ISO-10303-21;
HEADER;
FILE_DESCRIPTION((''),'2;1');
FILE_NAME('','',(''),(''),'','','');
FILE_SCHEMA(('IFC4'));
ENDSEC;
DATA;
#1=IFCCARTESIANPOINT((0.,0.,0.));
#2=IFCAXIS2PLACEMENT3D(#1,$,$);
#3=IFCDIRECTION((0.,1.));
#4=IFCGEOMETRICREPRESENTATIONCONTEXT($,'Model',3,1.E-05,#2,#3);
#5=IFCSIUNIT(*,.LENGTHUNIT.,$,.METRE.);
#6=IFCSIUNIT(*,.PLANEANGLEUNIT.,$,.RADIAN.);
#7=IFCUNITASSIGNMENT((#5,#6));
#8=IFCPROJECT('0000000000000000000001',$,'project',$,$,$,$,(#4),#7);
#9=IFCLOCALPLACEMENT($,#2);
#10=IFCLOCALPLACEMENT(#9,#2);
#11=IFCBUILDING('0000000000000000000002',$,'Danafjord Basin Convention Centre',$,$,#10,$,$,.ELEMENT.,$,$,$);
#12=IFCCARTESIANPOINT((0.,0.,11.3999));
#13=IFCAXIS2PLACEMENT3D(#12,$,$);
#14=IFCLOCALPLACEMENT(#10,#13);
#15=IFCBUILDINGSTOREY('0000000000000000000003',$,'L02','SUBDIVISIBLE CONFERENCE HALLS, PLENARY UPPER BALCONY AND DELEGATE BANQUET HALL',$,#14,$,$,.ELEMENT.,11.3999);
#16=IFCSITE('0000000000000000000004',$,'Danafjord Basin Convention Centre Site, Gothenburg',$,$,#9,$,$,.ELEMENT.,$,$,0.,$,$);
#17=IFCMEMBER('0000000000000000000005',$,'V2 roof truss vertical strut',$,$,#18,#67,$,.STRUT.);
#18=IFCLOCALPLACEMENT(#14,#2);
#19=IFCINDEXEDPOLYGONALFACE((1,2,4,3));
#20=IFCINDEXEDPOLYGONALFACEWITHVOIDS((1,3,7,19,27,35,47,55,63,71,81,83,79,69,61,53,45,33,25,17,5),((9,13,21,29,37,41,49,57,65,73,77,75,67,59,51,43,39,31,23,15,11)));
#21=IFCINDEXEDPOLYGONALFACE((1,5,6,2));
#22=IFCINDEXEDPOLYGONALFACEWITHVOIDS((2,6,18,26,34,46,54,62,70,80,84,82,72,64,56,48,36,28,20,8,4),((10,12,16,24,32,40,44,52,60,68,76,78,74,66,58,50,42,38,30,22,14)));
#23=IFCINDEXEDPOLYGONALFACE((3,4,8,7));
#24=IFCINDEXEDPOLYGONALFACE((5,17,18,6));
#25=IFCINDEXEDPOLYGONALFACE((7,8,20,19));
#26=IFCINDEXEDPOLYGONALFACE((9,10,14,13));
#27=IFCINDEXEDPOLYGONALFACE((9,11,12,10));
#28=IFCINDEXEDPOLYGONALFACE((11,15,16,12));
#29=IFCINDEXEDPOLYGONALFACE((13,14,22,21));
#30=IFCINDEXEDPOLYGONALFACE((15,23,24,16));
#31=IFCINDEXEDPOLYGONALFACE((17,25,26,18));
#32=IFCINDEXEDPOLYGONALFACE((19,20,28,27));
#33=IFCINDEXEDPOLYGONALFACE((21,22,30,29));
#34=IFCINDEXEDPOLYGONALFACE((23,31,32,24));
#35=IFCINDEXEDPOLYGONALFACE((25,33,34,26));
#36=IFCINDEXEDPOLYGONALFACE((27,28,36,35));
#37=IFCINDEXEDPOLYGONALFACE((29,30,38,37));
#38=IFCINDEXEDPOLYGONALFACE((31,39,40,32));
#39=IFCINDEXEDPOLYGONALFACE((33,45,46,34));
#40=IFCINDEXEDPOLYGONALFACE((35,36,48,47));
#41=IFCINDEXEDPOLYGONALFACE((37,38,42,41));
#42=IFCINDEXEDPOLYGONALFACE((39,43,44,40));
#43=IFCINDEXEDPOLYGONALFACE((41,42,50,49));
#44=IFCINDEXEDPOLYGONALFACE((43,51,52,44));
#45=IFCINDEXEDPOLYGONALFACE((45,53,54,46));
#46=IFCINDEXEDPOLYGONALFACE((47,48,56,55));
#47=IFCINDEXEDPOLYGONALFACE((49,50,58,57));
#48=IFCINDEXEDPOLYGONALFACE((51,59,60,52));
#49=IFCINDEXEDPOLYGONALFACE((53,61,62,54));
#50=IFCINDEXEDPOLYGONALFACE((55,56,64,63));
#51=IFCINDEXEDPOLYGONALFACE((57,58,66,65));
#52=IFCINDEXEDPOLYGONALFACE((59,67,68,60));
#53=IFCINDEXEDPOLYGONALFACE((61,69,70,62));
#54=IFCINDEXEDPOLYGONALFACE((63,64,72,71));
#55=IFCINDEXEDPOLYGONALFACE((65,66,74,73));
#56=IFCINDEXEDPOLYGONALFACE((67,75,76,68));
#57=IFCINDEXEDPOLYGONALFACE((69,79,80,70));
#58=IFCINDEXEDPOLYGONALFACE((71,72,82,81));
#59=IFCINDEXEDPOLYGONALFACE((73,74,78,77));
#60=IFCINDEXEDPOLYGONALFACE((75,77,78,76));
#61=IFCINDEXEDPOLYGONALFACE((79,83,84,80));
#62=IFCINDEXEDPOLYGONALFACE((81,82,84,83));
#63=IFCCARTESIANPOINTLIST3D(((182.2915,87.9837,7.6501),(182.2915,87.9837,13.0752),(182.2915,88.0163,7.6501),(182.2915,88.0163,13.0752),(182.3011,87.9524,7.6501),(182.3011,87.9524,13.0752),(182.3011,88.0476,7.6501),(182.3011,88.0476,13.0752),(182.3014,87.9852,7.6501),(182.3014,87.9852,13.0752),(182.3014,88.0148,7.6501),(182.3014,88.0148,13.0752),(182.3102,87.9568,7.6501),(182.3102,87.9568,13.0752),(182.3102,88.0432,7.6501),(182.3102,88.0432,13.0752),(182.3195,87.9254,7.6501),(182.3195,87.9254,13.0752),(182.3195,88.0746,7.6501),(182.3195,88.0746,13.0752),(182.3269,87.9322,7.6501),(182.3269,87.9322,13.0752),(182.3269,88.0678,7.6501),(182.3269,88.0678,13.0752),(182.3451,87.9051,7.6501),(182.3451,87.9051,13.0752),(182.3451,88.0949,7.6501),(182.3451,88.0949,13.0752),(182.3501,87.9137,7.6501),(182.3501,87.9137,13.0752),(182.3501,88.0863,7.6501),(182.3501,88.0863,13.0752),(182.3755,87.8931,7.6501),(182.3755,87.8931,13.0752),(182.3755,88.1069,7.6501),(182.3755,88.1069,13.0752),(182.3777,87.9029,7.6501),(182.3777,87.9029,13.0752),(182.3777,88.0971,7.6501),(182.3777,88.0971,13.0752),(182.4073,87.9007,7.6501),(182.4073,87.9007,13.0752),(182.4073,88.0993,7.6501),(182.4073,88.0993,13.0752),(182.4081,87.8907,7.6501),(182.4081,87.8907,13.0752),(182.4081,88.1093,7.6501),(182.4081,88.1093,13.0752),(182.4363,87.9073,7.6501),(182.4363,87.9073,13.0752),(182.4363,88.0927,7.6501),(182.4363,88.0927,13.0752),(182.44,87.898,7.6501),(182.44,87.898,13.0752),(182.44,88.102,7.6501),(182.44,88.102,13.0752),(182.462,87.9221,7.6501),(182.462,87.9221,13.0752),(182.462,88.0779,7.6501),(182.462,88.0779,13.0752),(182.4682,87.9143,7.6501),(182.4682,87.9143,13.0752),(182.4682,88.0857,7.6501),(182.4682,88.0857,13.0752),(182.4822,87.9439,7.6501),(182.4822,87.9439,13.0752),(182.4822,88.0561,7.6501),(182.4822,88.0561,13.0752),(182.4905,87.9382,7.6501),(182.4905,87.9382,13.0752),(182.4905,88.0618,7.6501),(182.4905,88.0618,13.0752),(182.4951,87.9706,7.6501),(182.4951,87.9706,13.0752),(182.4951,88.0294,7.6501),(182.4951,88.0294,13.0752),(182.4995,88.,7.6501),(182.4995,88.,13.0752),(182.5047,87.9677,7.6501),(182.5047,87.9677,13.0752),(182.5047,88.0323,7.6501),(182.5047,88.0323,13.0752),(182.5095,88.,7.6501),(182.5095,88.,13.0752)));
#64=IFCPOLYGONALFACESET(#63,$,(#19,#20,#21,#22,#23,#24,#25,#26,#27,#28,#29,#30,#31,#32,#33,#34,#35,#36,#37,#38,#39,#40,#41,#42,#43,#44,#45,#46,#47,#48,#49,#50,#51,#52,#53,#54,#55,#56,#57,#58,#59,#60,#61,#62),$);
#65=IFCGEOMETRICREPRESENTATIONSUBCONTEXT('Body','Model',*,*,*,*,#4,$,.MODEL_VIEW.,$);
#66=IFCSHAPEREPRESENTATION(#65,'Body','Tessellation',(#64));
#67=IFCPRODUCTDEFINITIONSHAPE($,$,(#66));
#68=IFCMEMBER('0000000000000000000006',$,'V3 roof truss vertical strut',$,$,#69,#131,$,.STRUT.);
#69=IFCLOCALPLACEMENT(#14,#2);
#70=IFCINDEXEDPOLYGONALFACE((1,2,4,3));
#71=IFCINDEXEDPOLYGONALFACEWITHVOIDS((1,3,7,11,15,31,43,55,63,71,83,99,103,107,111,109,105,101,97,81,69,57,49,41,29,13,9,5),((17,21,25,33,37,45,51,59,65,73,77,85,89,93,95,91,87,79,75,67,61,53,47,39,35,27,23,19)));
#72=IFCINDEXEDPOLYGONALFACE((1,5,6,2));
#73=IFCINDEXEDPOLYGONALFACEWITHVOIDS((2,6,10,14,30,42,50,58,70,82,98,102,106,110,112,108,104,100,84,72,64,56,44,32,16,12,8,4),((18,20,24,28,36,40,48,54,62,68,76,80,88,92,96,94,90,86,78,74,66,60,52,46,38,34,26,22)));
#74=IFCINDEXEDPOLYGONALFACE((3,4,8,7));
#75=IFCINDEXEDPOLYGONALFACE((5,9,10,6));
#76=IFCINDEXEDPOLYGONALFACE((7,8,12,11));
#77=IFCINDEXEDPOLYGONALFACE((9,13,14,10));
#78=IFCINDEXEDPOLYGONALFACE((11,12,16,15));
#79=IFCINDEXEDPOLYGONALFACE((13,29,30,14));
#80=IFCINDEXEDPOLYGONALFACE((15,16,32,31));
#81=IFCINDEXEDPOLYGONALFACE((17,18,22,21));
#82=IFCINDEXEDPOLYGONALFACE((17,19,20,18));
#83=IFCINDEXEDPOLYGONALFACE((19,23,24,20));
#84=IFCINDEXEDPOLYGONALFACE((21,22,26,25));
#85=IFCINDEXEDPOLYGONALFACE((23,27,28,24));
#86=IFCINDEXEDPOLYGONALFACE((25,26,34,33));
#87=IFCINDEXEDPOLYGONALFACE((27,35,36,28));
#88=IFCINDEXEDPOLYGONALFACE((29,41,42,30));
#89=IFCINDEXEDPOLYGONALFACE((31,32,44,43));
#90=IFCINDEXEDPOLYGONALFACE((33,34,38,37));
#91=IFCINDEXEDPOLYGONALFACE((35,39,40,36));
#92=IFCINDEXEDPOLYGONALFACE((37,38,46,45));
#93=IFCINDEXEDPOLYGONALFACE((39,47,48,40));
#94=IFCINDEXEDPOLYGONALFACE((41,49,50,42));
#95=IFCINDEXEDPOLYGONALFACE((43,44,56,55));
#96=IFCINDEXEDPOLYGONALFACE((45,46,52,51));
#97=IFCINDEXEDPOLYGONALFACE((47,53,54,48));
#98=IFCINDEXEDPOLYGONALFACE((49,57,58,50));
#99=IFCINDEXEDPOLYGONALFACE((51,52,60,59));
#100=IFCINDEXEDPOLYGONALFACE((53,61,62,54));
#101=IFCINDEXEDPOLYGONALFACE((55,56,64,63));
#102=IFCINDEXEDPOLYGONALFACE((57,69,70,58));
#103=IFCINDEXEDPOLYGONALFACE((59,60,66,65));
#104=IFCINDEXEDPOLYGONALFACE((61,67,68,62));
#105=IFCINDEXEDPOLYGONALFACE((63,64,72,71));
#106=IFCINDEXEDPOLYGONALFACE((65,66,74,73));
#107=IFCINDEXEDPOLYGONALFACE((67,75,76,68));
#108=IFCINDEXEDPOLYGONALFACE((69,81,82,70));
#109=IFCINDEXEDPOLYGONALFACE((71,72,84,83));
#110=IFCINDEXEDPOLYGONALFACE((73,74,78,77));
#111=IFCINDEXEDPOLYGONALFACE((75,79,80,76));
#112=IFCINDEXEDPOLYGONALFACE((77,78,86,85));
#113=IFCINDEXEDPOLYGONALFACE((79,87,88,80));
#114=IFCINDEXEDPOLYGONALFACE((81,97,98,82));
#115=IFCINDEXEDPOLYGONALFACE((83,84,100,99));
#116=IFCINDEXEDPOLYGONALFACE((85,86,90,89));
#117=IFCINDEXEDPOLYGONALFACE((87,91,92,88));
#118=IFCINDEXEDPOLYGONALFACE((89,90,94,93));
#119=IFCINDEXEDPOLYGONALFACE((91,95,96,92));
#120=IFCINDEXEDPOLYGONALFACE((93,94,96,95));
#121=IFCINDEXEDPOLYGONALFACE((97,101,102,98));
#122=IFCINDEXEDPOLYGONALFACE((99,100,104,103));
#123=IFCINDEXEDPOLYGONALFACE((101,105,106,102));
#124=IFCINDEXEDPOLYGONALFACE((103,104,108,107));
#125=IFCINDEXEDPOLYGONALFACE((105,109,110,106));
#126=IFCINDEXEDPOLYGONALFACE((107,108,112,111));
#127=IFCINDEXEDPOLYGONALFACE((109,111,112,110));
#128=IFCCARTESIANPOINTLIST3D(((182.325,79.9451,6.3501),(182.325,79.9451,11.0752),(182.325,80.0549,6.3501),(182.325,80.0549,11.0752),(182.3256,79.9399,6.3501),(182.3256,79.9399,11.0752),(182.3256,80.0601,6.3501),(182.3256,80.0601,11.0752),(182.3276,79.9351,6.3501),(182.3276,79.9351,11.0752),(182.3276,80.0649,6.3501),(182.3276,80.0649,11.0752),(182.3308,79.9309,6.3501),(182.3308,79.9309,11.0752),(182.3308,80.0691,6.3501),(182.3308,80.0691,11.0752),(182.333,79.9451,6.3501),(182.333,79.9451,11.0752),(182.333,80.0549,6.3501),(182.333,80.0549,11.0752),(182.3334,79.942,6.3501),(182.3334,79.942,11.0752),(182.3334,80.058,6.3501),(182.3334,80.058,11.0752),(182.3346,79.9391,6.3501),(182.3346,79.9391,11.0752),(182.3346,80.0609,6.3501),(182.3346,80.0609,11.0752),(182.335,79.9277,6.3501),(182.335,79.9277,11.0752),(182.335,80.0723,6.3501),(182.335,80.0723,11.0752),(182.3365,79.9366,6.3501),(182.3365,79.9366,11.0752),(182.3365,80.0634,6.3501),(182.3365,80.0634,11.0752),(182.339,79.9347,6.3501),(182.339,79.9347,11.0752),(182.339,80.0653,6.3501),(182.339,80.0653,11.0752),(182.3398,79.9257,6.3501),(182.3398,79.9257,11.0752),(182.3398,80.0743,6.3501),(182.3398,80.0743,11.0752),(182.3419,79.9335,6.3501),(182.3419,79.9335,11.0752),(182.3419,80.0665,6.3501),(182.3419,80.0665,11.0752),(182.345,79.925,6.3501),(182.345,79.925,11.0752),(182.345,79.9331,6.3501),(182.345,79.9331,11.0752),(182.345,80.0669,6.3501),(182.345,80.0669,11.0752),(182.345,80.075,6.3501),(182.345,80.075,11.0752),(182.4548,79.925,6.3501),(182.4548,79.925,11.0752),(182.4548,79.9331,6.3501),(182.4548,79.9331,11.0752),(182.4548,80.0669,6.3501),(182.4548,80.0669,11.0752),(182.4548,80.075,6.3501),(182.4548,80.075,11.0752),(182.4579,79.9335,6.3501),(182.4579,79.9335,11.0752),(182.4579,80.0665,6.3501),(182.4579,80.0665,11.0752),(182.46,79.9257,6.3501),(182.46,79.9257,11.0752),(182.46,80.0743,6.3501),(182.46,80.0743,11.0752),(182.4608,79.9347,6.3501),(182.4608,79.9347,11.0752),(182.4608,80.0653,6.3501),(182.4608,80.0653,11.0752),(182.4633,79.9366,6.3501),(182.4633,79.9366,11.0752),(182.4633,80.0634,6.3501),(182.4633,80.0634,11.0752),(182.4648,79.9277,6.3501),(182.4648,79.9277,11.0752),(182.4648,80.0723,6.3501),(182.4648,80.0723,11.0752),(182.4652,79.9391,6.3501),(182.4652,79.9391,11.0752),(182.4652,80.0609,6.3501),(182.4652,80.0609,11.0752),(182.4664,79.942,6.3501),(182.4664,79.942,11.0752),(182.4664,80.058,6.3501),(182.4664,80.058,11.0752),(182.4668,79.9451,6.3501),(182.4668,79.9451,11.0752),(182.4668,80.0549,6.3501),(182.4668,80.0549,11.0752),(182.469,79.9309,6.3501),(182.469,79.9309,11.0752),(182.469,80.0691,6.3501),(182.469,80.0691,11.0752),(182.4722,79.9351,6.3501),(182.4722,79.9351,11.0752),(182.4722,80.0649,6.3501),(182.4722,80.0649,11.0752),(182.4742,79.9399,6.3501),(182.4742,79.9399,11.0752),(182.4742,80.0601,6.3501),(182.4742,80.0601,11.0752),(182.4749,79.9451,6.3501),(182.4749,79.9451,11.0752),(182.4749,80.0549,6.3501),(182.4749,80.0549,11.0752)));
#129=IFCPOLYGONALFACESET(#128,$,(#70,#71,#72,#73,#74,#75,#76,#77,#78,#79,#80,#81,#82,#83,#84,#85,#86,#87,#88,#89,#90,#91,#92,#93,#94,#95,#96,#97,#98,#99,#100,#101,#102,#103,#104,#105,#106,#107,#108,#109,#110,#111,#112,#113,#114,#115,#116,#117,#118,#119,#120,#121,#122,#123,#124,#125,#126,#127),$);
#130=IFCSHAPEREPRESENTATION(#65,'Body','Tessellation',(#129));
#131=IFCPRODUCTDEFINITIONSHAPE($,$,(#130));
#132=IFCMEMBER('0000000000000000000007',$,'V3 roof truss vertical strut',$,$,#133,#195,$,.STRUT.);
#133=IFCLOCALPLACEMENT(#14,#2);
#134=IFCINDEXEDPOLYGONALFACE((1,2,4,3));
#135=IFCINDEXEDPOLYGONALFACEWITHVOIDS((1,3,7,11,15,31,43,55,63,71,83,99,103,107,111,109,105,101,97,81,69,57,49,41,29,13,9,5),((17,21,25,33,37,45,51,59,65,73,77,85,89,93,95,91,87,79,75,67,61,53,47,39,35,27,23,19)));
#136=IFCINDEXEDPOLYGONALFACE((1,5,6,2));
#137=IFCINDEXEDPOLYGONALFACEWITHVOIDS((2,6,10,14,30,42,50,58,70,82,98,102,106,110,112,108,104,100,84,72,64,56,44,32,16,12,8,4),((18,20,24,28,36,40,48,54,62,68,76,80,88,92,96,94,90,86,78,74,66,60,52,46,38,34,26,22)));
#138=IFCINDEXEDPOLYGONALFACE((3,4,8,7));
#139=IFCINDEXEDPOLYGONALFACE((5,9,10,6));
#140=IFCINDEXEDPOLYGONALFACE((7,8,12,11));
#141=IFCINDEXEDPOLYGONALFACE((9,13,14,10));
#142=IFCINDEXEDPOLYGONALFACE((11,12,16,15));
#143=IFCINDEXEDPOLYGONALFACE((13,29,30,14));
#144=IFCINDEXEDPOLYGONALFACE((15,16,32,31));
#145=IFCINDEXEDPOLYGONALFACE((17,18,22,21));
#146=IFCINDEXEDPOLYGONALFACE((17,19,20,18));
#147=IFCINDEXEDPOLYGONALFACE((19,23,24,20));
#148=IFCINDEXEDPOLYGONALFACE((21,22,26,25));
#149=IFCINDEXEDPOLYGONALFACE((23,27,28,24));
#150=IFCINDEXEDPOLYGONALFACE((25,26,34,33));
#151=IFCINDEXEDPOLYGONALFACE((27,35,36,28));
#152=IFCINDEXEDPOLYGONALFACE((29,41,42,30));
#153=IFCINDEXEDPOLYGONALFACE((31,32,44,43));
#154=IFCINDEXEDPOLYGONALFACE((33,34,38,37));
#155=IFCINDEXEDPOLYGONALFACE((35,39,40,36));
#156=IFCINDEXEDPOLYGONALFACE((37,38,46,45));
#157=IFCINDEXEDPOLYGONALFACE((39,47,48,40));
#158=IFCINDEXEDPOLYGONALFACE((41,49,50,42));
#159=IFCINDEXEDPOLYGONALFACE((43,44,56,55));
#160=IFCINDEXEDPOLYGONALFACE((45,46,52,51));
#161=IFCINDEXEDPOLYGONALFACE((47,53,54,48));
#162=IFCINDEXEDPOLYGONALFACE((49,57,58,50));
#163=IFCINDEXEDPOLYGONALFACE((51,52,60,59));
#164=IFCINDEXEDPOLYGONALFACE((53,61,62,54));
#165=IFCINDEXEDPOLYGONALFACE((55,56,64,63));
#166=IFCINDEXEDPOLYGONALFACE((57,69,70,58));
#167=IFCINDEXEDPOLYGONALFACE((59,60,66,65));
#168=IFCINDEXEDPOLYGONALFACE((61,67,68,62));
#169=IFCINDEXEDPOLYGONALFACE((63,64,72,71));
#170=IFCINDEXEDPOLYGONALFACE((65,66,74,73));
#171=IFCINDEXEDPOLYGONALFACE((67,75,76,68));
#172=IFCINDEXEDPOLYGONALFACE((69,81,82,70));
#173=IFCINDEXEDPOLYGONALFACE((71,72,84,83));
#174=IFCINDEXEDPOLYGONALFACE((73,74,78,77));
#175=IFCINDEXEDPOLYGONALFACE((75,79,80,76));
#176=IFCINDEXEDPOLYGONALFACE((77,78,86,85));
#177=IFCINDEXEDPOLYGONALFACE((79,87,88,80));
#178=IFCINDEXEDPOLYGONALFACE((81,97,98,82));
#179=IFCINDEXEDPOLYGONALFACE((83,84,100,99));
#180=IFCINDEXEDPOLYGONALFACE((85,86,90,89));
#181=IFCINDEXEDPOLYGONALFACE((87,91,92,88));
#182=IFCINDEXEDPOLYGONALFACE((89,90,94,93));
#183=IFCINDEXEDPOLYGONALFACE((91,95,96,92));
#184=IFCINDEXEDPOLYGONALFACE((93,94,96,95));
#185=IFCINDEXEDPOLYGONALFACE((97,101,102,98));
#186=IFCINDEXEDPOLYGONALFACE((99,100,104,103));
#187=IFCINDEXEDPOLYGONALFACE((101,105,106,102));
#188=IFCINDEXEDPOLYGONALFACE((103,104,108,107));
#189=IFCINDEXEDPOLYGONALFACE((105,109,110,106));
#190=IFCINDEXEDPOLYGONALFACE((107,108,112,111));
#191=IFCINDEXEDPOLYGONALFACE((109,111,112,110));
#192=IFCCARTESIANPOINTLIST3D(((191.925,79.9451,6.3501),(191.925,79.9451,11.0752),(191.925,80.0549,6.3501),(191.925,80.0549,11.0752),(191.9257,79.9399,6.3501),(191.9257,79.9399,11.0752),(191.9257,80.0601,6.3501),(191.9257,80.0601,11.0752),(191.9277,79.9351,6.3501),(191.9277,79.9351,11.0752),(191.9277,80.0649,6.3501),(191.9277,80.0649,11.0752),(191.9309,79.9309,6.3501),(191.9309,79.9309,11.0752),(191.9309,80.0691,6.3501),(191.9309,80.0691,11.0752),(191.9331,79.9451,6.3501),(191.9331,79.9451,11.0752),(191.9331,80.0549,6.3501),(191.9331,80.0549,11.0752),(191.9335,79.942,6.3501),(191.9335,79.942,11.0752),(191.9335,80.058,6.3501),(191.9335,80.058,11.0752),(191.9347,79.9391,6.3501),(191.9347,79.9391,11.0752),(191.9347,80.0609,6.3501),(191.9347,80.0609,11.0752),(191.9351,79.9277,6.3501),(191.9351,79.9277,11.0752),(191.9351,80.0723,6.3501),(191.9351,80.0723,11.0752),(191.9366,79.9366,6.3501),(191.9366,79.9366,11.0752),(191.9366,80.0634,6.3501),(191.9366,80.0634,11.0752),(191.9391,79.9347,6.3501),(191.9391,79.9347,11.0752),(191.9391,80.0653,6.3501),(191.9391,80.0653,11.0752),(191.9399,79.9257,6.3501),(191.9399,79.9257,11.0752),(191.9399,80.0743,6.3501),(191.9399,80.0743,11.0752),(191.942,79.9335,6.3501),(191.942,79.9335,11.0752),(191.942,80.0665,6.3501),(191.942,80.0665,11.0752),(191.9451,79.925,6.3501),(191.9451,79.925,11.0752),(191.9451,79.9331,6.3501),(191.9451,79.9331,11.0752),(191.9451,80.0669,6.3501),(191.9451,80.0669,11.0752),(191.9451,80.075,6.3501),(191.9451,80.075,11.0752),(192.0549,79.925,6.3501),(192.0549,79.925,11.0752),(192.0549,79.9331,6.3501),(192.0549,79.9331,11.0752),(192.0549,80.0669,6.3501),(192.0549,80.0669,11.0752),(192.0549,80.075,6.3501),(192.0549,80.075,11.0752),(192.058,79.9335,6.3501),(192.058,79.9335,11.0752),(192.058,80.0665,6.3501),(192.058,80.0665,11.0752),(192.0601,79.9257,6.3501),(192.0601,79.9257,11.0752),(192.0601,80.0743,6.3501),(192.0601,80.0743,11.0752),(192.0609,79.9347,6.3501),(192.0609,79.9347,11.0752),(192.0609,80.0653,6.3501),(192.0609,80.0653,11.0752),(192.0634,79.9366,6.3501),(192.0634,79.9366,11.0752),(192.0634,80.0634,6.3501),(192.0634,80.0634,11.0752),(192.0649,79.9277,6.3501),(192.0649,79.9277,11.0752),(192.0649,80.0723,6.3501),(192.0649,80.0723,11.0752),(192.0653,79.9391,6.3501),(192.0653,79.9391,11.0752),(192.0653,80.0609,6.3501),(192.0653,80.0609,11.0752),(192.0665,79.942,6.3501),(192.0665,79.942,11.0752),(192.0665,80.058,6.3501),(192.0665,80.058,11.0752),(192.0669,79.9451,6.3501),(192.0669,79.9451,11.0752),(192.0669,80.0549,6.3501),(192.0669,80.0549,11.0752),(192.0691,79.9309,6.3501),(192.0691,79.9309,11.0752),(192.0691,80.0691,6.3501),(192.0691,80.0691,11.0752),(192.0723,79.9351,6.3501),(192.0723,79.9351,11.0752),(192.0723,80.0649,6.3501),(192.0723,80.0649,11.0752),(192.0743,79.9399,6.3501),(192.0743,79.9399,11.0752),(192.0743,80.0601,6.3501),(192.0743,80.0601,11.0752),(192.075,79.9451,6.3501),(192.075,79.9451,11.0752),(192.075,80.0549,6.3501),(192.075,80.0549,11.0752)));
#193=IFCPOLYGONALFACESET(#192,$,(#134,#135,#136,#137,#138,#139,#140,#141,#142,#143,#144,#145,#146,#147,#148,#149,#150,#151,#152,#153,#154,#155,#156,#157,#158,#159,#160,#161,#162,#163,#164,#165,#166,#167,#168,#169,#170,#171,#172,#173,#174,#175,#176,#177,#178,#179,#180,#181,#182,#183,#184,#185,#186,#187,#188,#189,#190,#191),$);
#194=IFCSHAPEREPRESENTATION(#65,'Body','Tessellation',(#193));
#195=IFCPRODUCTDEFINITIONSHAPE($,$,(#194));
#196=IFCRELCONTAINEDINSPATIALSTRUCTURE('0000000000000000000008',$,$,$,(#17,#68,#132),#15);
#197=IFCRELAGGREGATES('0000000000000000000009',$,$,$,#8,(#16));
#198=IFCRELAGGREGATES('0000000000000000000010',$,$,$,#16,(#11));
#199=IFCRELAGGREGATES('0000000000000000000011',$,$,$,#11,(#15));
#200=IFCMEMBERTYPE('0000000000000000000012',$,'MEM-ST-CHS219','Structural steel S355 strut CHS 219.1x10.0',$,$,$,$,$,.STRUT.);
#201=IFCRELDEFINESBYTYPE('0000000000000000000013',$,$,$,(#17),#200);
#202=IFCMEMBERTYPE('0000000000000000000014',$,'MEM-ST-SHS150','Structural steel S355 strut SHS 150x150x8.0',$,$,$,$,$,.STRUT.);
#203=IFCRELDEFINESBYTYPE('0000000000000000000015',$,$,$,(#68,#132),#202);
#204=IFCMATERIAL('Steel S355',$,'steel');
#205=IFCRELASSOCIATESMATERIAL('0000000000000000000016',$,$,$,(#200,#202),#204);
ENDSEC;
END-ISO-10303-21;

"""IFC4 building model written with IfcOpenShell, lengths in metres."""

from ifc_helpers import new_model, si_unit, direction, frame, origin, origin_2d, place, context, subcontext, project, spatial, hollow_rectangle, hollow_circle, extrude, material, material_profile, profile_set, type_object, element, save


model = new_model("IFC4")

# Units and contexts
model_context = context("Model", 3, precision=1e-05, world=origin(), true_north=direction((0.0, 1.0)))
body_context = subcontext(model_context, "Body", "Model", "MODEL_VIEW")
ifc_project = project(units=[si_unit("LENGTHUNIT", "METRE"), si_unit("PLANEANGLEUNIT", "RADIAN")], contexts=[model_context])

# Site, building, storey
site_placement = place(None, origin())
site = spatial("IfcSite", under=ifc_project, at=site_placement, Name="Danafjord Basin Convention Centre Site, Gothenburg", CompositionType="ELEMENT", RefElevation=0.0)
building_placement = place(site_placement, origin())
building = spatial("IfcBuilding", under=site, at=building_placement, Name="Danafjord Basin Convention Centre", CompositionType="ELEMENT")
storey_placement = place(building_placement, frame((0.0, 0.0, 11.3999)))
storey = spatial("IfcBuildingStorey", under=building, at=storey_placement, Name="L02", Description="SUBDIVISIBLE CONFERENCE HALLS, PLENARY UPPER BALCONY AND DELEGATE BANQUET HALL", CompositionType="ELEMENT", Elevation=11.3999)

# Shared definitions
ifc_material = material(Name="Steel S355", Category="steel")

# Members
ifc_material_profile_1 = material_profile(ifc_material, hollow_circle(Radius=0.1096, WallThickness=0.01, at=origin_2d()), Name="CHS 219.1x10.0")
ifc_profile_set_1 = profile_set([ifc_material_profile_1], Name="Steel S355")
member_type_1 = type_object("IfcMemberType", Name="MEM-ST-CHS219", Description="Structural steel S355 strut CHS 219.1x10.0", PredefinedType="STRUT", material=ifc_profile_set_1)
member_1_placement = place(storey_placement, frame((182.3999, 88.0, 7.6501), z_axis=(0.0, 0.0, 1.0), x_axis=(1.0, 0.0, 0.0)))
element("IfcMember", 1, at=member_1_placement, inside=storey, type_object=member_type_1, Name="V2 roof truss vertical strut", PredefinedType="STRUT", context=body_context, shape_type="SweptSolid", body=[
    extrude(hollow_circle(Radius=0.1096, WallThickness=0.01, at=origin_2d()), origin(), (0.0, 0.0, 1.0), 5.425),
])
ifc_material_profile_2 = material_profile(ifc_material, hollow_rectangle(XDim=0.1499, YDim=0.1499, WallThickness=0.0081, InnerFilletRadius=0.012, OuterFilletRadius=0.02, at=origin_2d()), Name="SHS 150x150x8.0")
ifc_profile_set_2 = profile_set([ifc_material_profile_2], Name="Steel S355")
member_type_2 = type_object("IfcMemberType", Name="MEM-ST-SHS150", Description="Structural steel S355 strut SHS 150x150x8.0", PredefinedType="STRUT", material=ifc_profile_set_2)
for number, where, z_axis, x_axis, name in (
    (2, (182.3999, 80.0, 6.3501), (0.0, 0.0, 1.0), (1.0, 0.0, 0.0), "V3 roof truss vertical strut"),
    (3, (192.0, 80.0, 6.3501), (0.0, 0.0, 1.0), (1.0, 0.0, 0.0), "V3 roof truss vertical strut"),
):
    element("IfcMember", number, at=place(storey_placement, frame(where, z_axis=z_axis, x_axis=x_axis)), inside=storey, type_object=member_type_2, Name=name, PredefinedType="STRUT", context=body_context, shape_type="SweptSolid", body=[
        extrude(hollow_rectangle(XDim=0.1499, YDim=0.1499, WallThickness=0.0081, InnerFilletRadius=0.012, OuterFilletRadius=0.02, at=origin_2d()), origin(), (0.0, 0.0, 1.0), 4.7251),
    ])

save(model, "model.ifc")
